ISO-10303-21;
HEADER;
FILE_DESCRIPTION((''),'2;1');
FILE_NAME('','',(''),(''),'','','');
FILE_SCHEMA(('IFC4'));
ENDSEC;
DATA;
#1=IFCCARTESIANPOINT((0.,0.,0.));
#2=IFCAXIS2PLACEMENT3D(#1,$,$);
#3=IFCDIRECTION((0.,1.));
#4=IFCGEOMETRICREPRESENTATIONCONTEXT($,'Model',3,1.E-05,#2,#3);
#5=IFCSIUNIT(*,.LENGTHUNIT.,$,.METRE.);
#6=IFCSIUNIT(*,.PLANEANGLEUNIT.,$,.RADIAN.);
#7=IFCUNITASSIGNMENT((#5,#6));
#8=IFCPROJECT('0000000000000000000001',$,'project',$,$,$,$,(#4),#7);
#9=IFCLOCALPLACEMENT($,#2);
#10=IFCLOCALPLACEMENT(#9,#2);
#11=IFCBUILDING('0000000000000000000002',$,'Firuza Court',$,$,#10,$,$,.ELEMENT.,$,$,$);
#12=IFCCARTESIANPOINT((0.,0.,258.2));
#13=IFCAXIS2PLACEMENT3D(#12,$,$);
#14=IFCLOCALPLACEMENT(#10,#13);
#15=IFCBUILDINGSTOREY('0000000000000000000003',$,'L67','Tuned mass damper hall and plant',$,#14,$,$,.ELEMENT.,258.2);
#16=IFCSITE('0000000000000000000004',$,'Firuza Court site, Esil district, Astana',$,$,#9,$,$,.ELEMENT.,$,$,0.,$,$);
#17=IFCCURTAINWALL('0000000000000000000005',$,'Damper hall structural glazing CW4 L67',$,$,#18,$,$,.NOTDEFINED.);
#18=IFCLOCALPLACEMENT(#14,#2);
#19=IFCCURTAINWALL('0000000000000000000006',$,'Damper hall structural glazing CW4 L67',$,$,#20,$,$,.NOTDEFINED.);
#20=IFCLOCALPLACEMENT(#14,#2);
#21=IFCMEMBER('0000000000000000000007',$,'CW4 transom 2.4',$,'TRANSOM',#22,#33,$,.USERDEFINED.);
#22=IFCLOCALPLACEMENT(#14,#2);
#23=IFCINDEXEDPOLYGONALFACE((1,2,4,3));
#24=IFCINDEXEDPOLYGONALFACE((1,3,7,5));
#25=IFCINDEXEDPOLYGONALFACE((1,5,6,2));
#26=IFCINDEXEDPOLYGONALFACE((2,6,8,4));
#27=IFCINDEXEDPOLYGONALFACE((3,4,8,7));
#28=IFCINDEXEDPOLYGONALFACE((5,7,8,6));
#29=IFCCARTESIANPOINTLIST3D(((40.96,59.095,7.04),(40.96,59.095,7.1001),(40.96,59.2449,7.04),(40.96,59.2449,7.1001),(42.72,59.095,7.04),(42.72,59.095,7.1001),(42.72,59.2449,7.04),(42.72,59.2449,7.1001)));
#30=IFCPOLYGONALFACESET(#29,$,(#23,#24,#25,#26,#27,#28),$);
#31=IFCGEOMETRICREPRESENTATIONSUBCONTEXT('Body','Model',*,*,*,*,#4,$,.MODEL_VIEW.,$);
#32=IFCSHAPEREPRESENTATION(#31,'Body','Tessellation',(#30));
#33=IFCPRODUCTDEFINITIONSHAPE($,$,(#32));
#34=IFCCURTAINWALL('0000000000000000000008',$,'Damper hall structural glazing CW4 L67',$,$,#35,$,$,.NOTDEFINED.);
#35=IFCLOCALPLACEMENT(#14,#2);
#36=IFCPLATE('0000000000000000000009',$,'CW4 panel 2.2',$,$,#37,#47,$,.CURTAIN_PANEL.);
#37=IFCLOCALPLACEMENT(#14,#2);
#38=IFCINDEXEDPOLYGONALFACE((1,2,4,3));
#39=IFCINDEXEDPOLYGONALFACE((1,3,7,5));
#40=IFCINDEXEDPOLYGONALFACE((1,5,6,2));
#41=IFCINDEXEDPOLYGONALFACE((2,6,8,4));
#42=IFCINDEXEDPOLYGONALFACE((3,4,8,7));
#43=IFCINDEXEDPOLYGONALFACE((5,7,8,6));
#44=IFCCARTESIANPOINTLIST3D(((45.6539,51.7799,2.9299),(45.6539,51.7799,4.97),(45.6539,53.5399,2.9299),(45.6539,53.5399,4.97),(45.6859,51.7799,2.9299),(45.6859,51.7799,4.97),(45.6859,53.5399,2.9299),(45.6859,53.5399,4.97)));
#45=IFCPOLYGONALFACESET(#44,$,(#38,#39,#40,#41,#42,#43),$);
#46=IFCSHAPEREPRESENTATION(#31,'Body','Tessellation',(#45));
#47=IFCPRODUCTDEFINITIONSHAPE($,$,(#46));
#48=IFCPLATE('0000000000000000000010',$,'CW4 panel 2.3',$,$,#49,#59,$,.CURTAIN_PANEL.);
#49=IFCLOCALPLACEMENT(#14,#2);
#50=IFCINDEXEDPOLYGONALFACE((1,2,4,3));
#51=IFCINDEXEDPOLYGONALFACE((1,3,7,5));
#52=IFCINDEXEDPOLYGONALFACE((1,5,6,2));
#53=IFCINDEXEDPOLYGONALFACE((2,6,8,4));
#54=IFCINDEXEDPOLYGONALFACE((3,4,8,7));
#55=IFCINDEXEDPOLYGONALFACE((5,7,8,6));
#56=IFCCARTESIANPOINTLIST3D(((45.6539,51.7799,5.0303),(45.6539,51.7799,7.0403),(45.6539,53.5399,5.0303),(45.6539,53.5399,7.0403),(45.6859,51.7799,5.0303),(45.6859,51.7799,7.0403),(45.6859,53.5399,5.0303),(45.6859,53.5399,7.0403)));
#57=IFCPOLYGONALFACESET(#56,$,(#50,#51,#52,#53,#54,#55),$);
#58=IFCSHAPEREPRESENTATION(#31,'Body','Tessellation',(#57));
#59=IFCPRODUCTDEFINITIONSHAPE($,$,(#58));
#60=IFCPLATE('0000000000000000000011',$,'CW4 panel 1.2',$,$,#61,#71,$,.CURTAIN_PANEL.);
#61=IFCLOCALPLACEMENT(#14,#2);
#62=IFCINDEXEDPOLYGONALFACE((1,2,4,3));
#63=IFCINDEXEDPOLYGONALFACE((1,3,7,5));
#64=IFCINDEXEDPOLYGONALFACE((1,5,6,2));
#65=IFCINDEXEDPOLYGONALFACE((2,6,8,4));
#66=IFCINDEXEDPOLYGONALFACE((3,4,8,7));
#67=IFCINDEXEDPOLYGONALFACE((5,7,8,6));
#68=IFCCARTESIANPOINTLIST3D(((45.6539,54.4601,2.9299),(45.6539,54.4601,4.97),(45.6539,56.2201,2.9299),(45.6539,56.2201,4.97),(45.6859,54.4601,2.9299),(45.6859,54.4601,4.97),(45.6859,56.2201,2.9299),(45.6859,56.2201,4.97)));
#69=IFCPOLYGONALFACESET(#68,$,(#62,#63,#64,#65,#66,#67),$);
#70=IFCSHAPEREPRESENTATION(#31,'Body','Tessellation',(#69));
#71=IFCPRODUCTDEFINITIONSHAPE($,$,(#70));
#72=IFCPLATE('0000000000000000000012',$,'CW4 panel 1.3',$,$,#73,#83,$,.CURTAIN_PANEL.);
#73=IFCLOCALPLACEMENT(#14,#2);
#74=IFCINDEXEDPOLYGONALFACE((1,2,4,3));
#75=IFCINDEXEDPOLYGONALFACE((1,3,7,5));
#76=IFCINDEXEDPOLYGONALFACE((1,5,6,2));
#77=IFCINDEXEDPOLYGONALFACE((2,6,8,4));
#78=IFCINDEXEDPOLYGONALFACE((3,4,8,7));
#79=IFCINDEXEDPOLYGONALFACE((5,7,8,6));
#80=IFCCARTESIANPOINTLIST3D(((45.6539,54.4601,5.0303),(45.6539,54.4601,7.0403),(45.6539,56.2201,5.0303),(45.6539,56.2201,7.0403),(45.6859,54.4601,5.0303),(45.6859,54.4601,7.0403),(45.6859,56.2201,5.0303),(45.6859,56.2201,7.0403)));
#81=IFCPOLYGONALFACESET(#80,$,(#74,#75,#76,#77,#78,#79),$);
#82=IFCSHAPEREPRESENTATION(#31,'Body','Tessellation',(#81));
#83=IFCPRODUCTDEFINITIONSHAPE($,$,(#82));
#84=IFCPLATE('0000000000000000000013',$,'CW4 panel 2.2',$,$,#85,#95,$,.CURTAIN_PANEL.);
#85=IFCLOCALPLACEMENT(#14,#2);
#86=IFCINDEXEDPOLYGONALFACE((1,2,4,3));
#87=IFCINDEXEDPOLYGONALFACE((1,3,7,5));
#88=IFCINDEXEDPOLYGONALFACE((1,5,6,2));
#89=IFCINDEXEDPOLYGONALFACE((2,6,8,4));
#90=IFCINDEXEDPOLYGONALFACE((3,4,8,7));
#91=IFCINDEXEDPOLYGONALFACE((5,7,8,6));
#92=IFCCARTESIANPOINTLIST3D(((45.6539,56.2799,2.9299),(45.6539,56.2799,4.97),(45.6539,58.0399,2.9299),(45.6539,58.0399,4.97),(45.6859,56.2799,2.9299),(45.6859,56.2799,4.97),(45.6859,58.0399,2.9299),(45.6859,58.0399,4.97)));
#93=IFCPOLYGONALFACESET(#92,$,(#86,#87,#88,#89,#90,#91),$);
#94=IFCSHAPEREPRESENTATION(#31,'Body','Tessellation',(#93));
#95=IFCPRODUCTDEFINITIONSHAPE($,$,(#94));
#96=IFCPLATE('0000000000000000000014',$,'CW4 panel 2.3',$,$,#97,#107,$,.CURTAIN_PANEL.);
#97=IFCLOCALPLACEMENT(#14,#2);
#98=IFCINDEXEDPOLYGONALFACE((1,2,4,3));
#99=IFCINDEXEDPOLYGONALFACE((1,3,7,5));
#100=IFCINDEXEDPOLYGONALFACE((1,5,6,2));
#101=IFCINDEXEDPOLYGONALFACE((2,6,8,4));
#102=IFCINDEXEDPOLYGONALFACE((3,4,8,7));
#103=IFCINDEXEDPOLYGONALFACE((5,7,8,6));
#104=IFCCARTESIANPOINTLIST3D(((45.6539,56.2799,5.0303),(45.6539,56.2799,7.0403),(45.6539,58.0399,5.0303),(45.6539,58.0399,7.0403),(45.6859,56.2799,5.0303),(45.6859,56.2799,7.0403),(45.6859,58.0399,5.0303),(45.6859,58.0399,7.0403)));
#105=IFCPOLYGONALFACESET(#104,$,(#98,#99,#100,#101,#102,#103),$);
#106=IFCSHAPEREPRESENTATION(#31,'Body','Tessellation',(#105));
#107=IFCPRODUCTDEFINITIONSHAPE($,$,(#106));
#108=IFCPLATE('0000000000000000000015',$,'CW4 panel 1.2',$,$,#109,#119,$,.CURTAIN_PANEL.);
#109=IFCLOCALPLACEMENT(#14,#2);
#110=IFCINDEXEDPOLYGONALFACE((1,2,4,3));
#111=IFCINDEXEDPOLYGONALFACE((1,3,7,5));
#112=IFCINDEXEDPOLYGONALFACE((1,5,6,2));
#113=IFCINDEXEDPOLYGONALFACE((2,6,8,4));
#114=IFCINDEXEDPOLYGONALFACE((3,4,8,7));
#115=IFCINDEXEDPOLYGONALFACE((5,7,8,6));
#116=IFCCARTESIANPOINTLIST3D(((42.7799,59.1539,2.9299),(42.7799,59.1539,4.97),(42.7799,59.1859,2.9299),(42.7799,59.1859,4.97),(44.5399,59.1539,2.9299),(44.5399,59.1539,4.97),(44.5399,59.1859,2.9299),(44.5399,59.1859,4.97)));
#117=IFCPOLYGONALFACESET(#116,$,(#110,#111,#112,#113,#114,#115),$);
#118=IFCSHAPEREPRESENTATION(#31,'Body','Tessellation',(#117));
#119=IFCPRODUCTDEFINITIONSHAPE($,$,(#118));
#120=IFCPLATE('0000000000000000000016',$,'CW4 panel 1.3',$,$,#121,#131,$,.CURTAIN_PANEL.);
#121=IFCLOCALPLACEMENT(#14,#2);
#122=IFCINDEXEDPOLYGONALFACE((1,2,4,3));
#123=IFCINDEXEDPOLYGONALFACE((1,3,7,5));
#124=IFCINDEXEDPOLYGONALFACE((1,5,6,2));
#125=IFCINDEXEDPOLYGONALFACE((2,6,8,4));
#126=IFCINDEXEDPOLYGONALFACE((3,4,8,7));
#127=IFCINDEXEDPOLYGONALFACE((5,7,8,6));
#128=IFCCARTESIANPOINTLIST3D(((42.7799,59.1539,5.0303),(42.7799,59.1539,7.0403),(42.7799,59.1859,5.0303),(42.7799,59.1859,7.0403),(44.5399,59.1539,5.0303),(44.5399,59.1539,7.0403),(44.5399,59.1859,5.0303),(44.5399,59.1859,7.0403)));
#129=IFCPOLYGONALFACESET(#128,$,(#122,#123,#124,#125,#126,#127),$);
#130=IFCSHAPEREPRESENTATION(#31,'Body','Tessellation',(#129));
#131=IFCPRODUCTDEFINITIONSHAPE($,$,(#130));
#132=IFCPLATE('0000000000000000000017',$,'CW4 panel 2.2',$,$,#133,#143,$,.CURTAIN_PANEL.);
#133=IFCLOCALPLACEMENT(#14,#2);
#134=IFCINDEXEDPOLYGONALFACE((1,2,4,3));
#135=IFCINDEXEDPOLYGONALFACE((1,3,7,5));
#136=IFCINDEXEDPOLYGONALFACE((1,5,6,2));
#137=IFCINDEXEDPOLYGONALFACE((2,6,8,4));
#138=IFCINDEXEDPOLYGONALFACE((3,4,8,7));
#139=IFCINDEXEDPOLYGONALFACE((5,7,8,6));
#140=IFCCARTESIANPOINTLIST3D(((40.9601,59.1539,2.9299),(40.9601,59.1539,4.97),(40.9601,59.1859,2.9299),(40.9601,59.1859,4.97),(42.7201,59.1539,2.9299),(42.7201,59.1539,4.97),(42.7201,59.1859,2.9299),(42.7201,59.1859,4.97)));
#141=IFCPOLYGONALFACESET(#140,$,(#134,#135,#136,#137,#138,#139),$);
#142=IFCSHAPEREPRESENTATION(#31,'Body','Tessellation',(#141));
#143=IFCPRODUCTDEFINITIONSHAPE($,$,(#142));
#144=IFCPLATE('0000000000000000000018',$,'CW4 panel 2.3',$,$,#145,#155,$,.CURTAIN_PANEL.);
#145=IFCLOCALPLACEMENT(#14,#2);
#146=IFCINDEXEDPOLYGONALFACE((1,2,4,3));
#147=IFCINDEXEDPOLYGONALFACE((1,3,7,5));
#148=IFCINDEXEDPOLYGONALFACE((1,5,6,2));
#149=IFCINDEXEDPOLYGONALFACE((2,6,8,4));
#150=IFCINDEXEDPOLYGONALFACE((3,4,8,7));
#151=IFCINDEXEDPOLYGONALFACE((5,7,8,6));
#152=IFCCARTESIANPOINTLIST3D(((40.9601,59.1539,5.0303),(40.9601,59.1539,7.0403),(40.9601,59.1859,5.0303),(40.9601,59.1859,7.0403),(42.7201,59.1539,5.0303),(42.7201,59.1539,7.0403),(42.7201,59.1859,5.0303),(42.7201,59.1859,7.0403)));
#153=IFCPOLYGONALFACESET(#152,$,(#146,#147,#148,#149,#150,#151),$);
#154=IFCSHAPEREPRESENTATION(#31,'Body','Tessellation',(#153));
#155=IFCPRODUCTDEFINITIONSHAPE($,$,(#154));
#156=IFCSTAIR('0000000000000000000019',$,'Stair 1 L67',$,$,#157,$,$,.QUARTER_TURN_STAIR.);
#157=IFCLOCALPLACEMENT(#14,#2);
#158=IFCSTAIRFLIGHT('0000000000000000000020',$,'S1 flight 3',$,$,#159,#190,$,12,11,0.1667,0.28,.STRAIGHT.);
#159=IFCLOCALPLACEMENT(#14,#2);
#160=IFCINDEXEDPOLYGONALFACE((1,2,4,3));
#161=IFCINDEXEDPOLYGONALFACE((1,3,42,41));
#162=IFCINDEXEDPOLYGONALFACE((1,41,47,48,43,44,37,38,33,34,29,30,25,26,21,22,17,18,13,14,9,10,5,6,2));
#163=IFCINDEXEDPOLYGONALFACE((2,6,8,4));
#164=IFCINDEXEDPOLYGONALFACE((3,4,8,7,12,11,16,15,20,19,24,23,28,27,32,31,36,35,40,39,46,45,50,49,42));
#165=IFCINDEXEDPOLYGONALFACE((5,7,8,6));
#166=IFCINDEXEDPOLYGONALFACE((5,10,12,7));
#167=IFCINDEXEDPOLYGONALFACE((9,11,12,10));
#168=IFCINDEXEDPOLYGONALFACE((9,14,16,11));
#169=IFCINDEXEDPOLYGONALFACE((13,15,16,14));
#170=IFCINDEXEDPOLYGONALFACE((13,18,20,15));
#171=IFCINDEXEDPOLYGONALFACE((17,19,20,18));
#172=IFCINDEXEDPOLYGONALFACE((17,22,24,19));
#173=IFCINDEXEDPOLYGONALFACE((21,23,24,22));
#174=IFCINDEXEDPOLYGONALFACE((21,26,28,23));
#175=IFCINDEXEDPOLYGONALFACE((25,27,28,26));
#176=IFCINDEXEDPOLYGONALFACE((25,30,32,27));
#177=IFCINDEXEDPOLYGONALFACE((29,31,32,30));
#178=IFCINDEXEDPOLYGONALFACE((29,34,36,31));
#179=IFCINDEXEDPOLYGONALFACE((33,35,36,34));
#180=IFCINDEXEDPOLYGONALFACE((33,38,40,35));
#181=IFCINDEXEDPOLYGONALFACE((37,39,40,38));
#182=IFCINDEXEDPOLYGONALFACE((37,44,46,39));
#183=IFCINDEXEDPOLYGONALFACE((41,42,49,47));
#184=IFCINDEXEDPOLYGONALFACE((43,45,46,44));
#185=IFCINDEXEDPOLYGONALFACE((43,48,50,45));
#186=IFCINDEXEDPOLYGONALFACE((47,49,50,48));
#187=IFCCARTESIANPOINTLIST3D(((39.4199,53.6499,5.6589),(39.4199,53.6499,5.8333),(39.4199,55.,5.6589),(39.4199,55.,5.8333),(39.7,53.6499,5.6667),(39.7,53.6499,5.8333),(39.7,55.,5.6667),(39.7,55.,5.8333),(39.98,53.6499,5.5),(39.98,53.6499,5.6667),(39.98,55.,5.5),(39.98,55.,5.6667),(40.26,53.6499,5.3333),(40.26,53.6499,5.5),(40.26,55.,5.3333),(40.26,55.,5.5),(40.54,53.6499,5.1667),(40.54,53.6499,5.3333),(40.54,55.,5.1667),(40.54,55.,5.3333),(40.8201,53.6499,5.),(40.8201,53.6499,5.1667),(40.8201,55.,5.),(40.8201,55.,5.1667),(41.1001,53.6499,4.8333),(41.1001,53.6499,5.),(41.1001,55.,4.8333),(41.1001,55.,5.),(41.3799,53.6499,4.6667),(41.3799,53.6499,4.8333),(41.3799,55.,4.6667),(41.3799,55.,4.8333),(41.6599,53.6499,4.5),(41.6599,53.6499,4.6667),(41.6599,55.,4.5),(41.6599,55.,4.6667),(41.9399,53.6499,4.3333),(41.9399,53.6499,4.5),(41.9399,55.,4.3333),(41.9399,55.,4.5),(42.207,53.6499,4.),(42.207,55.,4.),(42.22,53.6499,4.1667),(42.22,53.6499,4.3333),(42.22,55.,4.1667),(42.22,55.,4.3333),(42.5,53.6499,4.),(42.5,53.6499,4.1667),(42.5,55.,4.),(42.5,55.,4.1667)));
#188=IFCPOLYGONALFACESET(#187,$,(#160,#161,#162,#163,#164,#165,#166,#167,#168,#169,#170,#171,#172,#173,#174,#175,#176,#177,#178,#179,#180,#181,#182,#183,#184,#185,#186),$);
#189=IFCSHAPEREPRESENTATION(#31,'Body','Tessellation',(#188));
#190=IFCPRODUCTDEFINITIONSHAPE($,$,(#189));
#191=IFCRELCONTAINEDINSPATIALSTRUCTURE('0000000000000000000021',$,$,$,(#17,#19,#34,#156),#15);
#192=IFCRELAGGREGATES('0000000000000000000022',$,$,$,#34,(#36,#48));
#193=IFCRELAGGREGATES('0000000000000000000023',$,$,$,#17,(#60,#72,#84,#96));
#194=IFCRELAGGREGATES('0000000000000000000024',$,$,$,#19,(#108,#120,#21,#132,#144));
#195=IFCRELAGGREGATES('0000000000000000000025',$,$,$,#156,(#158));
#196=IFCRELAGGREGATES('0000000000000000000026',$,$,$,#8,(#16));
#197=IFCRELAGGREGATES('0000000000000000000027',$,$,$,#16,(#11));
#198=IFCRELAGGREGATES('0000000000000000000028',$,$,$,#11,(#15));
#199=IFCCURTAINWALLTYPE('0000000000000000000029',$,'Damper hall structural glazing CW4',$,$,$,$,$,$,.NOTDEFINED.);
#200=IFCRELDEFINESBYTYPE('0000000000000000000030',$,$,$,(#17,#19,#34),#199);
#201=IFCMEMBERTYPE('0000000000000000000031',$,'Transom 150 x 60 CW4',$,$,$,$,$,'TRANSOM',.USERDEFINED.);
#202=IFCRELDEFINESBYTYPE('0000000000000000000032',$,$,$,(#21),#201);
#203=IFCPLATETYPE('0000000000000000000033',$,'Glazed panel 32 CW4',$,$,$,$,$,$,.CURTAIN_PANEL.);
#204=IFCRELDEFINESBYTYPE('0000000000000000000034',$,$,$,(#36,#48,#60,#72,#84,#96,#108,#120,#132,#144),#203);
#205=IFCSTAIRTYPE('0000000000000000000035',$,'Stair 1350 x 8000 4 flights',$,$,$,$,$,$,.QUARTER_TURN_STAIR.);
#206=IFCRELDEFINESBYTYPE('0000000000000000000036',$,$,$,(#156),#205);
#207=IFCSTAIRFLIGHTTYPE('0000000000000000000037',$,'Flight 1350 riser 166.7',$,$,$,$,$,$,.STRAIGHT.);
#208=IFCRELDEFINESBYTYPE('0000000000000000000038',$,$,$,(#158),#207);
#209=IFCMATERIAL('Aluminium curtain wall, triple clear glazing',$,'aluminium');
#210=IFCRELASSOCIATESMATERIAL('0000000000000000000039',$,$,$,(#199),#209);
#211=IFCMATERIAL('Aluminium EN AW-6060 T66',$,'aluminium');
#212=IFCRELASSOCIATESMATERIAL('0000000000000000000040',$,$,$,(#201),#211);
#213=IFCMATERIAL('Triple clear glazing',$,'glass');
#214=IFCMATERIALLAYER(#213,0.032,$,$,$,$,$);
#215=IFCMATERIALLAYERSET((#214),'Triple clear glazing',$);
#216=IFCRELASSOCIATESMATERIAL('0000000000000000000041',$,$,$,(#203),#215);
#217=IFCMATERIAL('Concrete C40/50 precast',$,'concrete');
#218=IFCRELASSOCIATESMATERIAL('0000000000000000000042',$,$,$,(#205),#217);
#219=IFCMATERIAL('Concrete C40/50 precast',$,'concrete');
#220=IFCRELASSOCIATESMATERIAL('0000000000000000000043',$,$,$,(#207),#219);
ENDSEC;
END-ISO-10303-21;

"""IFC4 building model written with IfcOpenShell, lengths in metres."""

from ifc_helpers import new_model, si_unit, direction, frame, origin, origin_2d, place, context, subcontext, project, spatial, polyline, rectangle, outline, extrude, material, layer, layer_set, material_profile, profile_set, type_object, element, aggregate, save


model = new_model("IFC4")

# Units and contexts
model_context = context("Model", 3, precision=1e-05, world=origin(), true_north=direction((0.0, 1.0)))
body_context = subcontext(model_context, "Body", "Model", "MODEL_VIEW")
ifc_project = project(units=[si_unit("LENGTHUNIT", "METRE"), si_unit("PLANEANGLEUNIT", "RADIAN")], contexts=[model_context])

# Site, building, storey
site_placement = place(None, origin())
site = spatial("IfcSite", under=ifc_project, at=site_placement, Name="Firuza Court site, Esil district, Astana", CompositionType="ELEMENT", RefElevation=0.0)
building_placement = place(site_placement, origin())
building = spatial("IfcBuilding", under=site, at=building_placement, Name="Firuza Court", CompositionType="ELEMENT")
storey_placement = place(building_placement, frame((0.0, 0.0, 258.2)))
storey = spatial("IfcBuildingStorey", under=building, at=storey_placement, Name="L67", Description="Tuned mass damper hall and plant", CompositionType="ELEMENT", Elevation=258.2)

# Curtain walls, member
ifc_material_1 = material(Name="Aluminium curtain wall, triple clear glazing", Category="aluminium")
curtain_wall_type = type_object("IfcCurtainWallType", Name="Damper hall structural glazing CW4", PredefinedType="NOTDEFINED", material=ifc_material_1)
curtain_wall_1_placement = place(storey_placement, origin())
curtain_wall_1 = element("IfcCurtainWall", 1, at=curtain_wall_1_placement, inside=storey, type_object=curtain_wall_type, Name="Damper hall structural glazing CW4 L67", PredefinedType="NOTDEFINED")
ifc_material_2 = material(Name="Aluminium EN AW-6060 T66", Category="aluminium")
ifc_material_profile_1 = material_profile(ifc_material_2, rectangle(XDim=0.1499, YDim=0.0601, at=origin_2d()), Name="Transom 150 x 60 CW4")
ifc_profile_set_1 = profile_set([ifc_material_profile_1], Name="Aluminium EN AW-6060 T66")
member_type = type_object("IfcMemberType", Name="Transom 150 x 60 CW4", ElementType="TRANSOM", PredefinedType="USERDEFINED", material=ifc_profile_set_1)
curtain_wall_2_placement = place(storey_placement, origin())
curtain_wall_2 = element("IfcCurtainWall", 2, at=curtain_wall_2_placement, inside=storey, type_object=curtain_wall_type, Name="Damper hall structural glazing CW4 L67", PredefinedType="NOTDEFINED")
member_1_placement = place(storey_placement, frame((42.72, 59.1699, 7.0701), z_axis=(-1.0, 0.0, 0.0), x_axis=(0.0, -1.0, 0.0)))
member_1 = element("IfcMember", 3, at=member_1_placement, type_object=member_type, Name="CW4 transom 2.4", ObjectType="TRANSOM", PredefinedType="USERDEFINED", context=body_context, shape_type="SweptSolid", body=[
    extrude(rectangle(XDim=0.1499, YDim=0.0601, at=origin_2d()), origin(), (0.0, 0.0, 1.0), 1.76),
])

# Curtain wall, plates
curtain_wall_3_placement = place(storey_placement, origin())
curtain_wall_3 = element("IfcCurtainWall", 4, at=curtain_wall_3_placement, inside=storey, type_object=curtain_wall_type, Name="Damper hall structural glazing CW4 L67", PredefinedType="NOTDEFINED")
ifc_material_3 = material(Name="Triple clear glazing", Category="glass")
ifc_layer = layer(ifc_material_3, 0.032)
ifc_layer_set = layer_set([ifc_layer], Name="Triple clear glazing")
plate_type = type_object("IfcPlateType", Name="Glazed panel 32 CW4", PredefinedType="CURTAIN_PANEL", material=ifc_layer_set)
plate_1_placement = place(storey_placement, frame((45.6699, 52.6599, 2.9299), z_axis=(0.0, 0.0, 1.0), x_axis=(0.0, 1.0, 0.0)))
plate_1 = element("IfcPlate", 5, at=plate_1_placement, type_object=plate_type, Name="CW4 panel 2.2", PredefinedType="CURTAIN_PANEL", context=body_context, shape_type="SweptSolid", body=[
    extrude(rectangle(XDim=1.76, YDim=0.032, at=origin_2d()), origin(), (0.0, 0.0, 1.0), 2.04),
])
plate_2_placement = place(storey_placement, frame((45.6699, 52.6599, 5.0303), z_axis=(0.0, 0.0, 1.0), x_axis=(0.0, 1.0, 0.0)))
plate_2 = element("IfcPlate", 6, at=plate_2_placement, type_object=plate_type, Name="CW4 panel 2.3", PredefinedType="CURTAIN_PANEL", context=body_context, shape_type="SweptSolid", body=[
    extrude(rectangle(XDim=1.76, YDim=0.032, at=origin_2d()), origin(), (0.0, 0.0, 1.0), 2.01),
])
aggregate(curtain_wall_3, [plate_1, plate_2])

# Plates
plate_3_placement = place(storey_placement, frame((45.6699, 55.3401, 2.9299), z_axis=(0.0, 0.0, 1.0), x_axis=(0.0, 1.0, 0.0)))
plate_3 = element("IfcPlate", 7, at=plate_3_placement, type_object=plate_type, Name="CW4 panel 1.2", PredefinedType="CURTAIN_PANEL", context=body_context, shape_type="SweptSolid", body=[
    extrude(rectangle(XDim=1.76, YDim=0.032, at=origin_2d()), origin(), (0.0, 0.0, 1.0), 2.04),
])
plate_4_placement = place(storey_placement, frame((45.6699, 55.3401, 5.0303), z_axis=(0.0, 0.0, 1.0), x_axis=(0.0, 1.0, 0.0)))
plate_4 = element("IfcPlate", 8, at=plate_4_placement, type_object=plate_type, Name="CW4 panel 1.3", PredefinedType="CURTAIN_PANEL", context=body_context, shape_type="SweptSolid", body=[
    extrude(rectangle(XDim=1.76, YDim=0.032, at=origin_2d()), origin(), (0.0, 0.0, 1.0), 2.01),
])
plate_5_placement = place(storey_placement, frame((45.6699, 57.1599, 2.9299), z_axis=(0.0, 0.0, 1.0), x_axis=(0.0, 1.0, 0.0)))
plate_5 = element("IfcPlate", 9, at=plate_5_placement, type_object=plate_type, Name="CW4 panel 2.2", PredefinedType="CURTAIN_PANEL", context=body_context, shape_type="SweptSolid", body=[
    extrude(rectangle(XDim=1.76, YDim=0.032, at=origin_2d()), origin(), (0.0, 0.0, 1.0), 2.04),
])
plate_6_placement = place(storey_placement, frame((45.6699, 57.1599, 5.0303), z_axis=(0.0, 0.0, 1.0), x_axis=(0.0, 1.0, 0.0)))
plate_6 = element("IfcPlate", 10, at=plate_6_placement, type_object=plate_type, Name="CW4 panel 2.3", PredefinedType="CURTAIN_PANEL", context=body_context, shape_type="SweptSolid", body=[
    extrude(rectangle(XDim=1.76, YDim=0.032, at=origin_2d()), origin(), (0.0, 0.0, 1.0), 2.01),
])
aggregate(curtain_wall_1, [plate_3, plate_4, plate_5, plate_6])
plate_7_placement = place(storey_placement, frame((43.6599, 59.1699, 2.9299), z_axis=(0.0, 0.0, 1.0), x_axis=(-1.0, 0.0, 0.0)))
plate_7 = element("IfcPlate", 11, at=plate_7_placement, type_object=plate_type, Name="CW4 panel 1.2", PredefinedType="CURTAIN_PANEL", context=body_context, shape_type="SweptSolid", body=[
    extrude(rectangle(XDim=1.76, YDim=0.032, at=origin_2d()), origin(), (0.0, 0.0, 1.0), 2.04),
])
plate_8_placement = place(storey_placement, frame((43.6599, 59.1699, 5.0303), z_axis=(0.0, 0.0, 1.0), x_axis=(-1.0, 0.0, 0.0)))
plate_8 = element("IfcPlate", 12, at=plate_8_placement, type_object=plate_type, Name="CW4 panel 1.3", PredefinedType="CURTAIN_PANEL", context=body_context, shape_type="SweptSolid", body=[
    extrude(rectangle(XDim=1.76, YDim=0.032, at=origin_2d()), origin(), (0.0, 0.0, 1.0), 2.01),
])
plate_9_placement = place(storey_placement, frame((41.8401, 59.1699, 2.9299), z_axis=(0.0, 0.0, 1.0), x_axis=(-1.0, 0.0, 0.0)))
plate_9 = element("IfcPlate", 13, at=plate_9_placement, type_object=plate_type, Name="CW4 panel 2.2", PredefinedType="CURTAIN_PANEL", context=body_context, shape_type="SweptSolid", body=[
    extrude(rectangle(XDim=1.76, YDim=0.032, at=origin_2d()), origin(), (0.0, 0.0, 1.0), 2.04),
])
plate_10_placement = place(storey_placement, frame((41.8401, 59.1699, 5.0303), z_axis=(0.0, 0.0, 1.0), x_axis=(-1.0, 0.0, 0.0)))
plate_10 = element("IfcPlate", 14, at=plate_10_placement, type_object=plate_type, Name="CW4 panel 2.3", PredefinedType="CURTAIN_PANEL", context=body_context, shape_type="SweptSolid", body=[
    extrude(rectangle(XDim=1.76, YDim=0.032, at=origin_2d()), origin(), (0.0, 0.0, 1.0), 2.01),
])
aggregate(curtain_wall_2, [plate_7, plate_8, member_1, plate_9, plate_10])

# Stair, stair flight
ifc_material_4 = material(Name="Concrete C40/50 precast", Category="concrete")
stair_type = type_object("IfcStairType", Name="Stair 1350 x 8000 4 flights", PredefinedType="QUARTER_TURN_STAIR", material=ifc_material_4)
stair_placement = place(storey_placement, origin())
stair = element("IfcStair", 15, at=stair_placement, inside=storey, type_object=stair_type, Name="Stair 1 L67", PredefinedType="QUARTER_TURN_STAIR")
ifc_material_5 = material(Name="Concrete C40/50 precast", Category="concrete")
stair_flight_type = type_object("IfcStairFlightType", Name="Flight 1350 riser 166.7", PredefinedType="STRAIGHT", material=ifc_material_5)
stair_flight_placement = place(storey_placement, frame((42.5, 54.325, 4.0), z_axis=(0.0, 0.0, 1.0), x_axis=(-1.0, 0.0, 0.0)))
stair_flight = element("IfcStairFlight", 16, at=stair_flight_placement, type_object=stair_flight_type, Name="S1 flight 3", NumberOfRisers=12, NumberOfTreads=11, PredefinedType="STRAIGHT", RiserHeight=0.1667, TreadLength=0.28, context=body_context, shape_type="SweptSolid", body=[
    extrude(outline(polyline([(0.0, 0.0), (0.0, 0.1667), (0.28, 0.1667), (0.28, 0.3333), (0.5601, 0.3333), (0.5601, 0.5), (0.8401, 0.5), (0.8401, 0.6667), (1.1201, 0.6667), (1.1201, 0.8333), (1.3999, 0.8333), (1.3999, 1.0), (1.6799, 1.0), (1.6799, 1.1667), (1.96, 1.1667), (1.96, 1.3333), (2.24, 1.3333), (2.24, 1.5), (2.52, 1.5), (2.52, 1.6667), (2.8, 1.6667), (2.8, 1.8333), (3.0801, 1.8333), (3.0801, 2.0), (3.0801, 1.6589), (0.293, 0.0), (0.0, 0.0)])), frame((0.0, 0.675, 0.0), z_axis=(0.0, -1.0, 0.0), x_axis=(1.0, 0.0, 0.0)), (0.0, 0.0, 1.0), 1.3501),
])
aggregate(stair, [stair_flight])

save(model, "model.ifc")
